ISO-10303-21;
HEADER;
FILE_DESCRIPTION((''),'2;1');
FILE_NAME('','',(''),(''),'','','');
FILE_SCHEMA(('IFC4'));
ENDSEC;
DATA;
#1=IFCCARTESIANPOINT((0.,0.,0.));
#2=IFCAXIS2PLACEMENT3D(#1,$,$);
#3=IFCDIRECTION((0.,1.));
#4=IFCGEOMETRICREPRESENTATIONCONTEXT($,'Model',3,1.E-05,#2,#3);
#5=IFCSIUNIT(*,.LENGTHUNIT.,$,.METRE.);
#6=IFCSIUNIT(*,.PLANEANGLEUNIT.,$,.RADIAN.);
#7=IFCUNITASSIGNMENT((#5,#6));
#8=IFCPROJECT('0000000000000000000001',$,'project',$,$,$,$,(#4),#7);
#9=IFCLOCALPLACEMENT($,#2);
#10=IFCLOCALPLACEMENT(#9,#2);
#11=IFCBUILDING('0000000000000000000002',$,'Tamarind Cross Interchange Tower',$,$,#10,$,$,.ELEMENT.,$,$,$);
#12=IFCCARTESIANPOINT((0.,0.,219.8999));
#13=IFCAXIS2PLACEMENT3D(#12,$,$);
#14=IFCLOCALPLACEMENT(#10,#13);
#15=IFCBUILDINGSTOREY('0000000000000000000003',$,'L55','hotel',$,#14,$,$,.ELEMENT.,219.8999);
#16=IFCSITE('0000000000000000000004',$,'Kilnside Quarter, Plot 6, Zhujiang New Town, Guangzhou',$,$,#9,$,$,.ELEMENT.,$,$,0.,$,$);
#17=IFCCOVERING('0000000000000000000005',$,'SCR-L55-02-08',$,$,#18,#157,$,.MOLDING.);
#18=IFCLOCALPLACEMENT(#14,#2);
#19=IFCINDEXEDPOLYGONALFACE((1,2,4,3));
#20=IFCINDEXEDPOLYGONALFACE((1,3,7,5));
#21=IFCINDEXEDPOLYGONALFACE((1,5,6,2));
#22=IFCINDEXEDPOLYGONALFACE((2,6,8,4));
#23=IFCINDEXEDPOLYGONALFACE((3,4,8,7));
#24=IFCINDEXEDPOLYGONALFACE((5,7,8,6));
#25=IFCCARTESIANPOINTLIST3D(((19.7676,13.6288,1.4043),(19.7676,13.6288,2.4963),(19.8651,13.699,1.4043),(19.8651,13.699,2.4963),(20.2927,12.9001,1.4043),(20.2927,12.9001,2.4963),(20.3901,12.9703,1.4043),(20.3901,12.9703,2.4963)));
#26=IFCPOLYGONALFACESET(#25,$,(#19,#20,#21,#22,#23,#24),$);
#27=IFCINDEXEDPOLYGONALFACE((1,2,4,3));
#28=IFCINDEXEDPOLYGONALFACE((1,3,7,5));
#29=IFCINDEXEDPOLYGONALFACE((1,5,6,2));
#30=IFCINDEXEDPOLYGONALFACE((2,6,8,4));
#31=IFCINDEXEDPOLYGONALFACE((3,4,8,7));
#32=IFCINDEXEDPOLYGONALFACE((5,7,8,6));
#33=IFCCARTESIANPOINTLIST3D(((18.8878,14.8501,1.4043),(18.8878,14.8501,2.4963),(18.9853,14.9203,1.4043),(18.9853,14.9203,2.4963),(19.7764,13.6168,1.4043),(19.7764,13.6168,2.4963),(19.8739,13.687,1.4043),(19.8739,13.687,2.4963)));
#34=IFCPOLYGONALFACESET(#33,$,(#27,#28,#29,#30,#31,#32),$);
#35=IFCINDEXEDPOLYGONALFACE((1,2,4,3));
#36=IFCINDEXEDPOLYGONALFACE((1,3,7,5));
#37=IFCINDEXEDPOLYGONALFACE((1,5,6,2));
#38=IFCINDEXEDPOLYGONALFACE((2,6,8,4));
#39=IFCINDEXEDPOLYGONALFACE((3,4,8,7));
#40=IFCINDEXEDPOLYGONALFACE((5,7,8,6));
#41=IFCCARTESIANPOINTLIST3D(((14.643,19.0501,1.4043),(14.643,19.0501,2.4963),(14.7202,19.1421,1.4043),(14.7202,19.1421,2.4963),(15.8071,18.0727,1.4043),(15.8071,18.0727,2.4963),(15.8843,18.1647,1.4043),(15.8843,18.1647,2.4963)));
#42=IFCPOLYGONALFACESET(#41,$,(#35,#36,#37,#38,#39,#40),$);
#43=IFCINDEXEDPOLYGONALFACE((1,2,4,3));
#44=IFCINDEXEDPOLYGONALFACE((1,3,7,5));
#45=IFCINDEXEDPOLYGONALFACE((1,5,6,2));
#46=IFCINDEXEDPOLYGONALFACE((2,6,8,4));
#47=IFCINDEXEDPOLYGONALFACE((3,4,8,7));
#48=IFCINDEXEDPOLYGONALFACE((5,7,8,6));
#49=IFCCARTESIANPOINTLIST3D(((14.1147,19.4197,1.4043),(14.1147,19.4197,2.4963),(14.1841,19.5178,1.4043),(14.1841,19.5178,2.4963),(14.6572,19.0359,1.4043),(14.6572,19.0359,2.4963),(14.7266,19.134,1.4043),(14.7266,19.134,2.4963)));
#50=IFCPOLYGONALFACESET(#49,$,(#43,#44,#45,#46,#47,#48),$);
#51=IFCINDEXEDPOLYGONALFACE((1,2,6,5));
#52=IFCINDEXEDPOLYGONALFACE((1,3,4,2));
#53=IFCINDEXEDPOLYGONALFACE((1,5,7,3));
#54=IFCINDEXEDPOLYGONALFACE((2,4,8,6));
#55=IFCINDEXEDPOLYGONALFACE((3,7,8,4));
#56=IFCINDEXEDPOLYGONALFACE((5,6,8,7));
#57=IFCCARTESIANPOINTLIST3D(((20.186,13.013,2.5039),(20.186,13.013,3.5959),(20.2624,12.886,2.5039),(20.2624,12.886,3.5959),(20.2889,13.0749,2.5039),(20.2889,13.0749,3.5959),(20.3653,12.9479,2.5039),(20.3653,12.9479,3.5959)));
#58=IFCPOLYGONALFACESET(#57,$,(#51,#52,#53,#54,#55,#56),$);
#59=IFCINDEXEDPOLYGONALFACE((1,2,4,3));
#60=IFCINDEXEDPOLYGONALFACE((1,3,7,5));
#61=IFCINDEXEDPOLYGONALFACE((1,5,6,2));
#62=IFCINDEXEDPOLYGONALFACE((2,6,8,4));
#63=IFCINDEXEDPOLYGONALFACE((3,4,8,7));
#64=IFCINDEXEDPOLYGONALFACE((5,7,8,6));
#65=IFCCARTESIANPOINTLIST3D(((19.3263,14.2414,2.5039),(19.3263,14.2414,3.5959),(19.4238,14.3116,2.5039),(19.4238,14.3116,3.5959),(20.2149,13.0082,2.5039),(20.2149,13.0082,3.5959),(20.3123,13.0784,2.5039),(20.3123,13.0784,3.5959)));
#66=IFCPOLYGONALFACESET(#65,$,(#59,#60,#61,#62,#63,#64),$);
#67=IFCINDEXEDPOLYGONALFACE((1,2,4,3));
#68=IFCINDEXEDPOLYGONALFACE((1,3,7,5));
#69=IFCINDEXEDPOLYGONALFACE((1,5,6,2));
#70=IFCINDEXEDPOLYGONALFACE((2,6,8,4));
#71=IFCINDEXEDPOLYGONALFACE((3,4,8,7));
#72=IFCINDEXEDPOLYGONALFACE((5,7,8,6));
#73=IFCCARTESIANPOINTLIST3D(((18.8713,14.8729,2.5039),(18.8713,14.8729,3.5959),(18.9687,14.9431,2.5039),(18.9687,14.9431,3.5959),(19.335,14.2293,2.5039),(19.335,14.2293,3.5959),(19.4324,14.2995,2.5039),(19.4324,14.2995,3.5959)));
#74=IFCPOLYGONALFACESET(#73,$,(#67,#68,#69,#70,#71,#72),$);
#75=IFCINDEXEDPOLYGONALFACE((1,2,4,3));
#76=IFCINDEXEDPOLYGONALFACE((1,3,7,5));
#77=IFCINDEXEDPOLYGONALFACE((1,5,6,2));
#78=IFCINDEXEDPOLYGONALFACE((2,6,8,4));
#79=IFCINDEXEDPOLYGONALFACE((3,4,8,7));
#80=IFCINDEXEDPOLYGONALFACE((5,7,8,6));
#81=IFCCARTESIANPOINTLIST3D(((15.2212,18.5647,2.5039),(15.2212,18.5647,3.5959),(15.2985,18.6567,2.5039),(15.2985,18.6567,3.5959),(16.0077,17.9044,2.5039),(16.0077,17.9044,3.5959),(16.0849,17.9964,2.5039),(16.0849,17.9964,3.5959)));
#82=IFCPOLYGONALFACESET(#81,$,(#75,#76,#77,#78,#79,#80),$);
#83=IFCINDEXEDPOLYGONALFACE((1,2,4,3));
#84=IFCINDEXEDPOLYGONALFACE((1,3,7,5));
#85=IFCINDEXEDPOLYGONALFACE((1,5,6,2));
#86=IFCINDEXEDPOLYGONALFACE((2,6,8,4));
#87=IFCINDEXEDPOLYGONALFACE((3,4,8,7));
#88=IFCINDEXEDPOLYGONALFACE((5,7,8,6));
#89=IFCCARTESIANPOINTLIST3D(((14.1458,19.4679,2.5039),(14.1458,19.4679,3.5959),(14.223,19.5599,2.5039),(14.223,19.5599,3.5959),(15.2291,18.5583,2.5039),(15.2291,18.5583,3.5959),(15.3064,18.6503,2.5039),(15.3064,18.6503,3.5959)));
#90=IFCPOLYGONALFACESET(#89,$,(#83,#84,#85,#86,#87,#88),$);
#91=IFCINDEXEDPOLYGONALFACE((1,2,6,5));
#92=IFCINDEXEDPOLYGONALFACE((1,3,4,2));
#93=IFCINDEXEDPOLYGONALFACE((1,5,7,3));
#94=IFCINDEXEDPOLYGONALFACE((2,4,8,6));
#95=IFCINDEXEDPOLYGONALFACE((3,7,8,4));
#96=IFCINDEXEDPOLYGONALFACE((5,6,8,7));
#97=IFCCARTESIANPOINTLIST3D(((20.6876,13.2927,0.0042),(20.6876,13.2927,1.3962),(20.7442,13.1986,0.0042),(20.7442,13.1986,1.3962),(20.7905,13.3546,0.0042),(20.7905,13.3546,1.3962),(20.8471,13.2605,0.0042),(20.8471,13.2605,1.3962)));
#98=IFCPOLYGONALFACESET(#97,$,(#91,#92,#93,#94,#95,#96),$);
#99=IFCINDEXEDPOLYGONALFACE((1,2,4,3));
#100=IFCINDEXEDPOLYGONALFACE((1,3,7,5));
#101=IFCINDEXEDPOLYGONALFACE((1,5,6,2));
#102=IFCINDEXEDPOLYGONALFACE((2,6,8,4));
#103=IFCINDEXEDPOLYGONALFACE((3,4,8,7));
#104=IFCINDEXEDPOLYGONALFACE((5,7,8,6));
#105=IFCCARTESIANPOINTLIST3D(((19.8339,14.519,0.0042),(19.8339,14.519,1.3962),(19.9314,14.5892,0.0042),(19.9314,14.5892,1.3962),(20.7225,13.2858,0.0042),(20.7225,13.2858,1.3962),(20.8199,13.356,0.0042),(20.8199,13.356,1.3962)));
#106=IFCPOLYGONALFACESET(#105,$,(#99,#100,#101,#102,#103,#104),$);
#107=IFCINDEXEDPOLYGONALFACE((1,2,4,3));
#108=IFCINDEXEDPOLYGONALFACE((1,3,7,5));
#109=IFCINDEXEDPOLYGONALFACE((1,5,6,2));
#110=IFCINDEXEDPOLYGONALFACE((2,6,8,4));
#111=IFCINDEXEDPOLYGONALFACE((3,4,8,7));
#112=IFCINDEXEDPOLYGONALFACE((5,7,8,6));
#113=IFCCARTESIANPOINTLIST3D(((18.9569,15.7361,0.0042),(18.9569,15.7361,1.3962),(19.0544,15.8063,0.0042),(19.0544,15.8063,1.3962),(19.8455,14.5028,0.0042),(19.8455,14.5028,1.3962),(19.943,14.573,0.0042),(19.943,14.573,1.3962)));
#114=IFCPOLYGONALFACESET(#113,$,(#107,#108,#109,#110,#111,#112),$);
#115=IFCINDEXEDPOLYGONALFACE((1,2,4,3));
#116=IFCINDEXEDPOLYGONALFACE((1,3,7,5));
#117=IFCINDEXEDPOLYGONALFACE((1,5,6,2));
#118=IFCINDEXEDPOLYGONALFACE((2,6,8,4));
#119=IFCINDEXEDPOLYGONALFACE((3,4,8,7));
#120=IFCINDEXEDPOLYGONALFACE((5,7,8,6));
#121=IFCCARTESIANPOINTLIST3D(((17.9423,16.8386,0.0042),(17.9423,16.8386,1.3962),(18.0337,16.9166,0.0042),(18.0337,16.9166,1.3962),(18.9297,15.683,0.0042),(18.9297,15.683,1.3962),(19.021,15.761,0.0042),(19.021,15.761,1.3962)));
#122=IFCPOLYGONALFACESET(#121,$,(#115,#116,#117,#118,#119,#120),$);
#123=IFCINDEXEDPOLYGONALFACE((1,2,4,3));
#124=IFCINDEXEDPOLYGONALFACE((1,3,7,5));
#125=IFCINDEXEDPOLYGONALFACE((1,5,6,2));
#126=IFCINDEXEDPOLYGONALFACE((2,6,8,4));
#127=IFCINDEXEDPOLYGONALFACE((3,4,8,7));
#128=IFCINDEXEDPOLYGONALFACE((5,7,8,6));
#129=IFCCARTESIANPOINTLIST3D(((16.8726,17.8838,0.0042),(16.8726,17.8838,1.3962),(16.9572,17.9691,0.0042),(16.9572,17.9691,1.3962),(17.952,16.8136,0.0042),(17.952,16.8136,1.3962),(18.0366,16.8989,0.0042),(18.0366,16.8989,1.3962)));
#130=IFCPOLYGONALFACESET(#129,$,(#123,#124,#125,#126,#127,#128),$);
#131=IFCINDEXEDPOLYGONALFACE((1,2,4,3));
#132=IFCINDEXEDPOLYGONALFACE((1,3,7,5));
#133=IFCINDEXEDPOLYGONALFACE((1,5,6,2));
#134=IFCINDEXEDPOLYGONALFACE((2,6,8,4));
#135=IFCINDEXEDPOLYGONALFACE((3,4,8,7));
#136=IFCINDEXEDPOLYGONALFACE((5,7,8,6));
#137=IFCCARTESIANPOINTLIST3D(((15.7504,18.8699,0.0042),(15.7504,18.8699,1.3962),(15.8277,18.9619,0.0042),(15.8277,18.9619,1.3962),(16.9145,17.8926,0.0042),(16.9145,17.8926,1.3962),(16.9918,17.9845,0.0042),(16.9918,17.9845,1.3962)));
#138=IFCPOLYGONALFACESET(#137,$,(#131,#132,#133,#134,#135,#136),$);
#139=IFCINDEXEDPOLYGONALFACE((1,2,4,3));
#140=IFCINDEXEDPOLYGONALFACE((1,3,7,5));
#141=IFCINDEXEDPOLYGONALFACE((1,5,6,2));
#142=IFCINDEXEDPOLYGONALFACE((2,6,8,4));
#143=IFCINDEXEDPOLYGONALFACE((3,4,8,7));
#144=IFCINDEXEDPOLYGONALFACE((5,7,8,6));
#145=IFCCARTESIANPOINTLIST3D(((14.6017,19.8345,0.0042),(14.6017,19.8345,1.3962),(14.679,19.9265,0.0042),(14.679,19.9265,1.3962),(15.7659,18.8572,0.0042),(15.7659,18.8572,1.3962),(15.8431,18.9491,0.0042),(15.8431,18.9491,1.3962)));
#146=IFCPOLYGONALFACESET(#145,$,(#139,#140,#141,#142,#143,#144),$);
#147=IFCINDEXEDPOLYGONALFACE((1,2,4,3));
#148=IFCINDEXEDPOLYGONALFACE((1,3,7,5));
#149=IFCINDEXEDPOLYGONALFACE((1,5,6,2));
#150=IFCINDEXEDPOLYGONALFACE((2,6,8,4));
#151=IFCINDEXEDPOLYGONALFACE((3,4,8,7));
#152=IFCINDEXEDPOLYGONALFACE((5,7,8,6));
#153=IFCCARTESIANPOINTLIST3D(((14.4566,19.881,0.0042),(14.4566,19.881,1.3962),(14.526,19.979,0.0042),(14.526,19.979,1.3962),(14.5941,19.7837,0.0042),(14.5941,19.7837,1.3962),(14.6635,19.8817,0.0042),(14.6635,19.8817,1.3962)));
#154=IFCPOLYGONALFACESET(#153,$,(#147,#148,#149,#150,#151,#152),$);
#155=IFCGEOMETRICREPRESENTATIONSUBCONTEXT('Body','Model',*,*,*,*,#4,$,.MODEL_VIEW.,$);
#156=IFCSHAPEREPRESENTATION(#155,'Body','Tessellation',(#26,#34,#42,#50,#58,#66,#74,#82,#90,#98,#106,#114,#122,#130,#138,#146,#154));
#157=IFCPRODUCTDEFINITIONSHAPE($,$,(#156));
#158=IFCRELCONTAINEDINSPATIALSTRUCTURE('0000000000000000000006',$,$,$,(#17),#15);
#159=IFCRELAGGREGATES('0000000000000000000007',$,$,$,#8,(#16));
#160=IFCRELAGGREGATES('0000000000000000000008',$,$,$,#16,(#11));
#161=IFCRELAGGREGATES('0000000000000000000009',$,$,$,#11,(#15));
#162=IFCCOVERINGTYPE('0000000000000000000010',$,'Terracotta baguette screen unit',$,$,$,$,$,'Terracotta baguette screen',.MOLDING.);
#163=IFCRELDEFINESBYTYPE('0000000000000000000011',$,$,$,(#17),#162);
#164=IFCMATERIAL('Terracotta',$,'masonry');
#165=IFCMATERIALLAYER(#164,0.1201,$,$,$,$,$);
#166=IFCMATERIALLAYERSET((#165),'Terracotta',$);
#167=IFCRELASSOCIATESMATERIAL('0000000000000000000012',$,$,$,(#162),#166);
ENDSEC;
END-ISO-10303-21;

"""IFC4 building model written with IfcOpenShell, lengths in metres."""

from ifc_helpers import new_model, si_unit, direction, frame, origin, origin_2d, place, context, subcontext, project, spatial, rectangle, extrude, material, layer, layer_set, type_object, element, save


model = new_model("IFC4")

# Units and contexts
model_context = context("Model", 3, precision=1e-05, world=origin(), true_north=direction((0.0, 1.0)))
body_context = subcontext(model_context, "Body", "Model", "MODEL_VIEW")
ifc_project = project(units=[si_unit("LENGTHUNIT", "METRE"), si_unit("PLANEANGLEUNIT", "RADIAN")], contexts=[model_context])

# Site, building, storey
site_placement = place(None, origin())
site = spatial("IfcSite", under=ifc_project, at=site_placement, Name="Kilnside Quarter, Plot 6, Zhujiang New Town, Guangzhou", CompositionType="ELEMENT", RefElevation=0.0)
building_placement = place(site_placement, origin())
building = spatial("IfcBuilding", under=site, at=building_placement, Name="Tamarind Cross Interchange Tower", CompositionType="ELEMENT")
storey_placement = place(building_placement, frame((0.0, 0.0, 219.8999)))
storey = spatial("IfcBuildingStorey", under=building, at=storey_placement, Name="L55", Description="hotel", CompositionType="ELEMENT", Elevation=219.8999)

# Covering
ifc_material_1 = material(Name="Terracotta", Category="masonry")
ifc_layer_1 = layer(ifc_material_1, 0.1201)
ifc_layer_set_1 = layer_set([ifc_layer_1], Name="Terracotta")
covering_type = type_object("IfcCoveringType", Name="Terracotta baguette screen unit", ElementType="Terracotta baguette screen", PredefinedType="MOLDING", material=ifc_layer_set_1)
covering_1_placement = place(storey_placement, origin())
element("IfcCovering", 1, at=covering_1_placement, inside=storey, type_object=covering_type, Name="SCR-L55-02-08", PredefinedType="MOLDING", context=body_context, shape_type="SweptSolid", body=[
    extrude(rectangle(XDim=0.8982, YDim=0.1201, at=origin_2d()), frame((20.0789, 13.2996, 1.4043), z_axis=(0.0, 0.0, 1.0), x_axis=(-0.584574, 0.81134, 0.0)), (0.0, 0.0, 1.0), 1.092),
    extrude(rectangle(XDim=1.52, YDim=0.1201, at=origin_2d()), frame((19.3809, 14.2686, 1.4043), z_axis=(0.0, 0.0, 1.0), x_axis=(-0.584574, 0.81134, 0.0)), (0.0, 0.0, 1.0), 1.092),
    extrude(rectangle(XDim=1.52, YDim=0.1201, at=origin_2d()), frame((15.2637, 18.6074, 1.4043), z_axis=(0.0, 0.0, 1.0), x_axis=(-0.765858, 0.643009, 0.0)), (0.0, 0.0, 1.0), 1.092),
    extrude(rectangle(XDim=0.6646, YDim=0.1201, at=origin_2d()), frame((14.4207, 19.2769, 1.4043), z_axis=(0.0, 0.0, 1.0), x_axis=(-0.816342, 0.577569, 0.0)), (0.0, 0.0, 1.0), 1.092),
    extrude(rectangle(XDim=0.1482, YDim=0.1201, at=origin_2d()), frame((20.2756, 12.9805, 2.5039), z_axis=(0.0, 0.0, 1.0), x_axis=(-0.515577, 0.856843, 0.0)), (0.0, 0.0, 1.0), 1.092),
    extrude(rectangle(XDim=1.52, YDim=0.1201, at=origin_2d()), frame((19.8193, 13.6599, 2.5039), z_axis=(0.0, 0.0, 1.0), x_axis=(-0.584574, 0.81134, 0.0)), (0.0, 0.0, 1.0), 1.092),
    extrude(rectangle(XDim=0.7932, YDim=0.1201, at=origin_2d()), frame((19.1519, 14.5862, 2.5039), z_axis=(0.0, 0.0, 1.0), x_axis=(-0.584574, 0.81134, 0.0)), (0.0, 0.0, 1.0), 1.092),
    extrude(rectangle(XDim=1.0269, YDim=0.1201, at=origin_2d()), frame((15.6531, 18.2805, 2.5039), z_axis=(0.0, 0.0, 1.0), x_axis=(-0.765858, 0.643009, 0.0)), (0.0, 0.0, 1.0), 1.092),
    extrude(rectangle(XDim=1.4146, YDim=0.1201, at=origin_2d()), frame((14.7261, 19.0591, 2.5039), z_axis=(0.0, 0.0, 1.0), x_axis=(-0.765858, 0.643009, 0.0)), (0.0, 0.0, 1.0), 1.092),
    extrude(rectangle(XDim=0.1099, YDim=0.1201, at=origin_2d()), frame((20.7673, 13.2766, 0.0042), z_axis=(0.0, 0.0, 1.0), x_axis=(-0.515577, 0.856843, 0.0)), (0.0, 0.0, 1.0), 1.3921),
    extrude(rectangle(XDim=1.52, YDim=0.1201, at=origin_2d()), frame((20.3269, 13.9375, 0.0042), z_axis=(0.0, 0.0, 1.0), x_axis=(-0.584574, 0.81134, 0.0)), (0.0, 0.0, 1.0), 1.3921),
    extrude(rectangle(XDim=1.52, YDim=0.1201, at=origin_2d()), frame((19.45, 15.1545, 0.0042), z_axis=(0.0, 0.0, 1.0), x_axis=(-0.584574, 0.81134, 0.0)), (0.0, 0.0, 1.0), 1.3921),
    extrude(rectangle(XDim=1.52, YDim=0.1201, at=origin_2d()), frame((18.4817, 16.2998, 0.0042), z_axis=(0.0, 0.0, 1.0), x_axis=(-0.649577, 0.760296, 0.0)), (0.0, 0.0, 1.0), 1.3921),
    extrude(rectangle(XDim=1.52, YDim=0.1201, at=origin_2d()), frame((17.4546, 17.3914, 0.0042), z_axis=(0.0, 0.0, 1.0), x_axis=(-0.710143, 0.704057, 0.0)), (0.0, 0.0, 1.0), 1.3921),
    extrude(rectangle(XDim=1.52, YDim=0.1201, at=origin_2d()), frame((16.3711, 18.4272, 0.0042), z_axis=(0.0, 0.0, 1.0), x_axis=(-0.765858, 0.643009, 0.0)), (0.0, 0.0, 1.0), 1.3921),
    extrude(rectangle(XDim=1.52, YDim=0.1201, at=origin_2d()), frame((15.2224, 19.3918, 0.0042), z_axis=(0.0, 0.0, 1.0), x_axis=(-0.765858, 0.643009, 0.0)), (0.0, 0.0, 1.0), 1.3921),
    extrude(rectangle(XDim=0.1685, YDim=0.1201, at=origin_2d()), frame((14.5601, 19.8813, 0.0042), z_axis=(0.0, 0.0, 1.0), x_axis=(-0.816342, 0.577569, 0.0)), (0.0, 0.0, 1.0), 1.3921),
])

save(model, "model.ifc")
